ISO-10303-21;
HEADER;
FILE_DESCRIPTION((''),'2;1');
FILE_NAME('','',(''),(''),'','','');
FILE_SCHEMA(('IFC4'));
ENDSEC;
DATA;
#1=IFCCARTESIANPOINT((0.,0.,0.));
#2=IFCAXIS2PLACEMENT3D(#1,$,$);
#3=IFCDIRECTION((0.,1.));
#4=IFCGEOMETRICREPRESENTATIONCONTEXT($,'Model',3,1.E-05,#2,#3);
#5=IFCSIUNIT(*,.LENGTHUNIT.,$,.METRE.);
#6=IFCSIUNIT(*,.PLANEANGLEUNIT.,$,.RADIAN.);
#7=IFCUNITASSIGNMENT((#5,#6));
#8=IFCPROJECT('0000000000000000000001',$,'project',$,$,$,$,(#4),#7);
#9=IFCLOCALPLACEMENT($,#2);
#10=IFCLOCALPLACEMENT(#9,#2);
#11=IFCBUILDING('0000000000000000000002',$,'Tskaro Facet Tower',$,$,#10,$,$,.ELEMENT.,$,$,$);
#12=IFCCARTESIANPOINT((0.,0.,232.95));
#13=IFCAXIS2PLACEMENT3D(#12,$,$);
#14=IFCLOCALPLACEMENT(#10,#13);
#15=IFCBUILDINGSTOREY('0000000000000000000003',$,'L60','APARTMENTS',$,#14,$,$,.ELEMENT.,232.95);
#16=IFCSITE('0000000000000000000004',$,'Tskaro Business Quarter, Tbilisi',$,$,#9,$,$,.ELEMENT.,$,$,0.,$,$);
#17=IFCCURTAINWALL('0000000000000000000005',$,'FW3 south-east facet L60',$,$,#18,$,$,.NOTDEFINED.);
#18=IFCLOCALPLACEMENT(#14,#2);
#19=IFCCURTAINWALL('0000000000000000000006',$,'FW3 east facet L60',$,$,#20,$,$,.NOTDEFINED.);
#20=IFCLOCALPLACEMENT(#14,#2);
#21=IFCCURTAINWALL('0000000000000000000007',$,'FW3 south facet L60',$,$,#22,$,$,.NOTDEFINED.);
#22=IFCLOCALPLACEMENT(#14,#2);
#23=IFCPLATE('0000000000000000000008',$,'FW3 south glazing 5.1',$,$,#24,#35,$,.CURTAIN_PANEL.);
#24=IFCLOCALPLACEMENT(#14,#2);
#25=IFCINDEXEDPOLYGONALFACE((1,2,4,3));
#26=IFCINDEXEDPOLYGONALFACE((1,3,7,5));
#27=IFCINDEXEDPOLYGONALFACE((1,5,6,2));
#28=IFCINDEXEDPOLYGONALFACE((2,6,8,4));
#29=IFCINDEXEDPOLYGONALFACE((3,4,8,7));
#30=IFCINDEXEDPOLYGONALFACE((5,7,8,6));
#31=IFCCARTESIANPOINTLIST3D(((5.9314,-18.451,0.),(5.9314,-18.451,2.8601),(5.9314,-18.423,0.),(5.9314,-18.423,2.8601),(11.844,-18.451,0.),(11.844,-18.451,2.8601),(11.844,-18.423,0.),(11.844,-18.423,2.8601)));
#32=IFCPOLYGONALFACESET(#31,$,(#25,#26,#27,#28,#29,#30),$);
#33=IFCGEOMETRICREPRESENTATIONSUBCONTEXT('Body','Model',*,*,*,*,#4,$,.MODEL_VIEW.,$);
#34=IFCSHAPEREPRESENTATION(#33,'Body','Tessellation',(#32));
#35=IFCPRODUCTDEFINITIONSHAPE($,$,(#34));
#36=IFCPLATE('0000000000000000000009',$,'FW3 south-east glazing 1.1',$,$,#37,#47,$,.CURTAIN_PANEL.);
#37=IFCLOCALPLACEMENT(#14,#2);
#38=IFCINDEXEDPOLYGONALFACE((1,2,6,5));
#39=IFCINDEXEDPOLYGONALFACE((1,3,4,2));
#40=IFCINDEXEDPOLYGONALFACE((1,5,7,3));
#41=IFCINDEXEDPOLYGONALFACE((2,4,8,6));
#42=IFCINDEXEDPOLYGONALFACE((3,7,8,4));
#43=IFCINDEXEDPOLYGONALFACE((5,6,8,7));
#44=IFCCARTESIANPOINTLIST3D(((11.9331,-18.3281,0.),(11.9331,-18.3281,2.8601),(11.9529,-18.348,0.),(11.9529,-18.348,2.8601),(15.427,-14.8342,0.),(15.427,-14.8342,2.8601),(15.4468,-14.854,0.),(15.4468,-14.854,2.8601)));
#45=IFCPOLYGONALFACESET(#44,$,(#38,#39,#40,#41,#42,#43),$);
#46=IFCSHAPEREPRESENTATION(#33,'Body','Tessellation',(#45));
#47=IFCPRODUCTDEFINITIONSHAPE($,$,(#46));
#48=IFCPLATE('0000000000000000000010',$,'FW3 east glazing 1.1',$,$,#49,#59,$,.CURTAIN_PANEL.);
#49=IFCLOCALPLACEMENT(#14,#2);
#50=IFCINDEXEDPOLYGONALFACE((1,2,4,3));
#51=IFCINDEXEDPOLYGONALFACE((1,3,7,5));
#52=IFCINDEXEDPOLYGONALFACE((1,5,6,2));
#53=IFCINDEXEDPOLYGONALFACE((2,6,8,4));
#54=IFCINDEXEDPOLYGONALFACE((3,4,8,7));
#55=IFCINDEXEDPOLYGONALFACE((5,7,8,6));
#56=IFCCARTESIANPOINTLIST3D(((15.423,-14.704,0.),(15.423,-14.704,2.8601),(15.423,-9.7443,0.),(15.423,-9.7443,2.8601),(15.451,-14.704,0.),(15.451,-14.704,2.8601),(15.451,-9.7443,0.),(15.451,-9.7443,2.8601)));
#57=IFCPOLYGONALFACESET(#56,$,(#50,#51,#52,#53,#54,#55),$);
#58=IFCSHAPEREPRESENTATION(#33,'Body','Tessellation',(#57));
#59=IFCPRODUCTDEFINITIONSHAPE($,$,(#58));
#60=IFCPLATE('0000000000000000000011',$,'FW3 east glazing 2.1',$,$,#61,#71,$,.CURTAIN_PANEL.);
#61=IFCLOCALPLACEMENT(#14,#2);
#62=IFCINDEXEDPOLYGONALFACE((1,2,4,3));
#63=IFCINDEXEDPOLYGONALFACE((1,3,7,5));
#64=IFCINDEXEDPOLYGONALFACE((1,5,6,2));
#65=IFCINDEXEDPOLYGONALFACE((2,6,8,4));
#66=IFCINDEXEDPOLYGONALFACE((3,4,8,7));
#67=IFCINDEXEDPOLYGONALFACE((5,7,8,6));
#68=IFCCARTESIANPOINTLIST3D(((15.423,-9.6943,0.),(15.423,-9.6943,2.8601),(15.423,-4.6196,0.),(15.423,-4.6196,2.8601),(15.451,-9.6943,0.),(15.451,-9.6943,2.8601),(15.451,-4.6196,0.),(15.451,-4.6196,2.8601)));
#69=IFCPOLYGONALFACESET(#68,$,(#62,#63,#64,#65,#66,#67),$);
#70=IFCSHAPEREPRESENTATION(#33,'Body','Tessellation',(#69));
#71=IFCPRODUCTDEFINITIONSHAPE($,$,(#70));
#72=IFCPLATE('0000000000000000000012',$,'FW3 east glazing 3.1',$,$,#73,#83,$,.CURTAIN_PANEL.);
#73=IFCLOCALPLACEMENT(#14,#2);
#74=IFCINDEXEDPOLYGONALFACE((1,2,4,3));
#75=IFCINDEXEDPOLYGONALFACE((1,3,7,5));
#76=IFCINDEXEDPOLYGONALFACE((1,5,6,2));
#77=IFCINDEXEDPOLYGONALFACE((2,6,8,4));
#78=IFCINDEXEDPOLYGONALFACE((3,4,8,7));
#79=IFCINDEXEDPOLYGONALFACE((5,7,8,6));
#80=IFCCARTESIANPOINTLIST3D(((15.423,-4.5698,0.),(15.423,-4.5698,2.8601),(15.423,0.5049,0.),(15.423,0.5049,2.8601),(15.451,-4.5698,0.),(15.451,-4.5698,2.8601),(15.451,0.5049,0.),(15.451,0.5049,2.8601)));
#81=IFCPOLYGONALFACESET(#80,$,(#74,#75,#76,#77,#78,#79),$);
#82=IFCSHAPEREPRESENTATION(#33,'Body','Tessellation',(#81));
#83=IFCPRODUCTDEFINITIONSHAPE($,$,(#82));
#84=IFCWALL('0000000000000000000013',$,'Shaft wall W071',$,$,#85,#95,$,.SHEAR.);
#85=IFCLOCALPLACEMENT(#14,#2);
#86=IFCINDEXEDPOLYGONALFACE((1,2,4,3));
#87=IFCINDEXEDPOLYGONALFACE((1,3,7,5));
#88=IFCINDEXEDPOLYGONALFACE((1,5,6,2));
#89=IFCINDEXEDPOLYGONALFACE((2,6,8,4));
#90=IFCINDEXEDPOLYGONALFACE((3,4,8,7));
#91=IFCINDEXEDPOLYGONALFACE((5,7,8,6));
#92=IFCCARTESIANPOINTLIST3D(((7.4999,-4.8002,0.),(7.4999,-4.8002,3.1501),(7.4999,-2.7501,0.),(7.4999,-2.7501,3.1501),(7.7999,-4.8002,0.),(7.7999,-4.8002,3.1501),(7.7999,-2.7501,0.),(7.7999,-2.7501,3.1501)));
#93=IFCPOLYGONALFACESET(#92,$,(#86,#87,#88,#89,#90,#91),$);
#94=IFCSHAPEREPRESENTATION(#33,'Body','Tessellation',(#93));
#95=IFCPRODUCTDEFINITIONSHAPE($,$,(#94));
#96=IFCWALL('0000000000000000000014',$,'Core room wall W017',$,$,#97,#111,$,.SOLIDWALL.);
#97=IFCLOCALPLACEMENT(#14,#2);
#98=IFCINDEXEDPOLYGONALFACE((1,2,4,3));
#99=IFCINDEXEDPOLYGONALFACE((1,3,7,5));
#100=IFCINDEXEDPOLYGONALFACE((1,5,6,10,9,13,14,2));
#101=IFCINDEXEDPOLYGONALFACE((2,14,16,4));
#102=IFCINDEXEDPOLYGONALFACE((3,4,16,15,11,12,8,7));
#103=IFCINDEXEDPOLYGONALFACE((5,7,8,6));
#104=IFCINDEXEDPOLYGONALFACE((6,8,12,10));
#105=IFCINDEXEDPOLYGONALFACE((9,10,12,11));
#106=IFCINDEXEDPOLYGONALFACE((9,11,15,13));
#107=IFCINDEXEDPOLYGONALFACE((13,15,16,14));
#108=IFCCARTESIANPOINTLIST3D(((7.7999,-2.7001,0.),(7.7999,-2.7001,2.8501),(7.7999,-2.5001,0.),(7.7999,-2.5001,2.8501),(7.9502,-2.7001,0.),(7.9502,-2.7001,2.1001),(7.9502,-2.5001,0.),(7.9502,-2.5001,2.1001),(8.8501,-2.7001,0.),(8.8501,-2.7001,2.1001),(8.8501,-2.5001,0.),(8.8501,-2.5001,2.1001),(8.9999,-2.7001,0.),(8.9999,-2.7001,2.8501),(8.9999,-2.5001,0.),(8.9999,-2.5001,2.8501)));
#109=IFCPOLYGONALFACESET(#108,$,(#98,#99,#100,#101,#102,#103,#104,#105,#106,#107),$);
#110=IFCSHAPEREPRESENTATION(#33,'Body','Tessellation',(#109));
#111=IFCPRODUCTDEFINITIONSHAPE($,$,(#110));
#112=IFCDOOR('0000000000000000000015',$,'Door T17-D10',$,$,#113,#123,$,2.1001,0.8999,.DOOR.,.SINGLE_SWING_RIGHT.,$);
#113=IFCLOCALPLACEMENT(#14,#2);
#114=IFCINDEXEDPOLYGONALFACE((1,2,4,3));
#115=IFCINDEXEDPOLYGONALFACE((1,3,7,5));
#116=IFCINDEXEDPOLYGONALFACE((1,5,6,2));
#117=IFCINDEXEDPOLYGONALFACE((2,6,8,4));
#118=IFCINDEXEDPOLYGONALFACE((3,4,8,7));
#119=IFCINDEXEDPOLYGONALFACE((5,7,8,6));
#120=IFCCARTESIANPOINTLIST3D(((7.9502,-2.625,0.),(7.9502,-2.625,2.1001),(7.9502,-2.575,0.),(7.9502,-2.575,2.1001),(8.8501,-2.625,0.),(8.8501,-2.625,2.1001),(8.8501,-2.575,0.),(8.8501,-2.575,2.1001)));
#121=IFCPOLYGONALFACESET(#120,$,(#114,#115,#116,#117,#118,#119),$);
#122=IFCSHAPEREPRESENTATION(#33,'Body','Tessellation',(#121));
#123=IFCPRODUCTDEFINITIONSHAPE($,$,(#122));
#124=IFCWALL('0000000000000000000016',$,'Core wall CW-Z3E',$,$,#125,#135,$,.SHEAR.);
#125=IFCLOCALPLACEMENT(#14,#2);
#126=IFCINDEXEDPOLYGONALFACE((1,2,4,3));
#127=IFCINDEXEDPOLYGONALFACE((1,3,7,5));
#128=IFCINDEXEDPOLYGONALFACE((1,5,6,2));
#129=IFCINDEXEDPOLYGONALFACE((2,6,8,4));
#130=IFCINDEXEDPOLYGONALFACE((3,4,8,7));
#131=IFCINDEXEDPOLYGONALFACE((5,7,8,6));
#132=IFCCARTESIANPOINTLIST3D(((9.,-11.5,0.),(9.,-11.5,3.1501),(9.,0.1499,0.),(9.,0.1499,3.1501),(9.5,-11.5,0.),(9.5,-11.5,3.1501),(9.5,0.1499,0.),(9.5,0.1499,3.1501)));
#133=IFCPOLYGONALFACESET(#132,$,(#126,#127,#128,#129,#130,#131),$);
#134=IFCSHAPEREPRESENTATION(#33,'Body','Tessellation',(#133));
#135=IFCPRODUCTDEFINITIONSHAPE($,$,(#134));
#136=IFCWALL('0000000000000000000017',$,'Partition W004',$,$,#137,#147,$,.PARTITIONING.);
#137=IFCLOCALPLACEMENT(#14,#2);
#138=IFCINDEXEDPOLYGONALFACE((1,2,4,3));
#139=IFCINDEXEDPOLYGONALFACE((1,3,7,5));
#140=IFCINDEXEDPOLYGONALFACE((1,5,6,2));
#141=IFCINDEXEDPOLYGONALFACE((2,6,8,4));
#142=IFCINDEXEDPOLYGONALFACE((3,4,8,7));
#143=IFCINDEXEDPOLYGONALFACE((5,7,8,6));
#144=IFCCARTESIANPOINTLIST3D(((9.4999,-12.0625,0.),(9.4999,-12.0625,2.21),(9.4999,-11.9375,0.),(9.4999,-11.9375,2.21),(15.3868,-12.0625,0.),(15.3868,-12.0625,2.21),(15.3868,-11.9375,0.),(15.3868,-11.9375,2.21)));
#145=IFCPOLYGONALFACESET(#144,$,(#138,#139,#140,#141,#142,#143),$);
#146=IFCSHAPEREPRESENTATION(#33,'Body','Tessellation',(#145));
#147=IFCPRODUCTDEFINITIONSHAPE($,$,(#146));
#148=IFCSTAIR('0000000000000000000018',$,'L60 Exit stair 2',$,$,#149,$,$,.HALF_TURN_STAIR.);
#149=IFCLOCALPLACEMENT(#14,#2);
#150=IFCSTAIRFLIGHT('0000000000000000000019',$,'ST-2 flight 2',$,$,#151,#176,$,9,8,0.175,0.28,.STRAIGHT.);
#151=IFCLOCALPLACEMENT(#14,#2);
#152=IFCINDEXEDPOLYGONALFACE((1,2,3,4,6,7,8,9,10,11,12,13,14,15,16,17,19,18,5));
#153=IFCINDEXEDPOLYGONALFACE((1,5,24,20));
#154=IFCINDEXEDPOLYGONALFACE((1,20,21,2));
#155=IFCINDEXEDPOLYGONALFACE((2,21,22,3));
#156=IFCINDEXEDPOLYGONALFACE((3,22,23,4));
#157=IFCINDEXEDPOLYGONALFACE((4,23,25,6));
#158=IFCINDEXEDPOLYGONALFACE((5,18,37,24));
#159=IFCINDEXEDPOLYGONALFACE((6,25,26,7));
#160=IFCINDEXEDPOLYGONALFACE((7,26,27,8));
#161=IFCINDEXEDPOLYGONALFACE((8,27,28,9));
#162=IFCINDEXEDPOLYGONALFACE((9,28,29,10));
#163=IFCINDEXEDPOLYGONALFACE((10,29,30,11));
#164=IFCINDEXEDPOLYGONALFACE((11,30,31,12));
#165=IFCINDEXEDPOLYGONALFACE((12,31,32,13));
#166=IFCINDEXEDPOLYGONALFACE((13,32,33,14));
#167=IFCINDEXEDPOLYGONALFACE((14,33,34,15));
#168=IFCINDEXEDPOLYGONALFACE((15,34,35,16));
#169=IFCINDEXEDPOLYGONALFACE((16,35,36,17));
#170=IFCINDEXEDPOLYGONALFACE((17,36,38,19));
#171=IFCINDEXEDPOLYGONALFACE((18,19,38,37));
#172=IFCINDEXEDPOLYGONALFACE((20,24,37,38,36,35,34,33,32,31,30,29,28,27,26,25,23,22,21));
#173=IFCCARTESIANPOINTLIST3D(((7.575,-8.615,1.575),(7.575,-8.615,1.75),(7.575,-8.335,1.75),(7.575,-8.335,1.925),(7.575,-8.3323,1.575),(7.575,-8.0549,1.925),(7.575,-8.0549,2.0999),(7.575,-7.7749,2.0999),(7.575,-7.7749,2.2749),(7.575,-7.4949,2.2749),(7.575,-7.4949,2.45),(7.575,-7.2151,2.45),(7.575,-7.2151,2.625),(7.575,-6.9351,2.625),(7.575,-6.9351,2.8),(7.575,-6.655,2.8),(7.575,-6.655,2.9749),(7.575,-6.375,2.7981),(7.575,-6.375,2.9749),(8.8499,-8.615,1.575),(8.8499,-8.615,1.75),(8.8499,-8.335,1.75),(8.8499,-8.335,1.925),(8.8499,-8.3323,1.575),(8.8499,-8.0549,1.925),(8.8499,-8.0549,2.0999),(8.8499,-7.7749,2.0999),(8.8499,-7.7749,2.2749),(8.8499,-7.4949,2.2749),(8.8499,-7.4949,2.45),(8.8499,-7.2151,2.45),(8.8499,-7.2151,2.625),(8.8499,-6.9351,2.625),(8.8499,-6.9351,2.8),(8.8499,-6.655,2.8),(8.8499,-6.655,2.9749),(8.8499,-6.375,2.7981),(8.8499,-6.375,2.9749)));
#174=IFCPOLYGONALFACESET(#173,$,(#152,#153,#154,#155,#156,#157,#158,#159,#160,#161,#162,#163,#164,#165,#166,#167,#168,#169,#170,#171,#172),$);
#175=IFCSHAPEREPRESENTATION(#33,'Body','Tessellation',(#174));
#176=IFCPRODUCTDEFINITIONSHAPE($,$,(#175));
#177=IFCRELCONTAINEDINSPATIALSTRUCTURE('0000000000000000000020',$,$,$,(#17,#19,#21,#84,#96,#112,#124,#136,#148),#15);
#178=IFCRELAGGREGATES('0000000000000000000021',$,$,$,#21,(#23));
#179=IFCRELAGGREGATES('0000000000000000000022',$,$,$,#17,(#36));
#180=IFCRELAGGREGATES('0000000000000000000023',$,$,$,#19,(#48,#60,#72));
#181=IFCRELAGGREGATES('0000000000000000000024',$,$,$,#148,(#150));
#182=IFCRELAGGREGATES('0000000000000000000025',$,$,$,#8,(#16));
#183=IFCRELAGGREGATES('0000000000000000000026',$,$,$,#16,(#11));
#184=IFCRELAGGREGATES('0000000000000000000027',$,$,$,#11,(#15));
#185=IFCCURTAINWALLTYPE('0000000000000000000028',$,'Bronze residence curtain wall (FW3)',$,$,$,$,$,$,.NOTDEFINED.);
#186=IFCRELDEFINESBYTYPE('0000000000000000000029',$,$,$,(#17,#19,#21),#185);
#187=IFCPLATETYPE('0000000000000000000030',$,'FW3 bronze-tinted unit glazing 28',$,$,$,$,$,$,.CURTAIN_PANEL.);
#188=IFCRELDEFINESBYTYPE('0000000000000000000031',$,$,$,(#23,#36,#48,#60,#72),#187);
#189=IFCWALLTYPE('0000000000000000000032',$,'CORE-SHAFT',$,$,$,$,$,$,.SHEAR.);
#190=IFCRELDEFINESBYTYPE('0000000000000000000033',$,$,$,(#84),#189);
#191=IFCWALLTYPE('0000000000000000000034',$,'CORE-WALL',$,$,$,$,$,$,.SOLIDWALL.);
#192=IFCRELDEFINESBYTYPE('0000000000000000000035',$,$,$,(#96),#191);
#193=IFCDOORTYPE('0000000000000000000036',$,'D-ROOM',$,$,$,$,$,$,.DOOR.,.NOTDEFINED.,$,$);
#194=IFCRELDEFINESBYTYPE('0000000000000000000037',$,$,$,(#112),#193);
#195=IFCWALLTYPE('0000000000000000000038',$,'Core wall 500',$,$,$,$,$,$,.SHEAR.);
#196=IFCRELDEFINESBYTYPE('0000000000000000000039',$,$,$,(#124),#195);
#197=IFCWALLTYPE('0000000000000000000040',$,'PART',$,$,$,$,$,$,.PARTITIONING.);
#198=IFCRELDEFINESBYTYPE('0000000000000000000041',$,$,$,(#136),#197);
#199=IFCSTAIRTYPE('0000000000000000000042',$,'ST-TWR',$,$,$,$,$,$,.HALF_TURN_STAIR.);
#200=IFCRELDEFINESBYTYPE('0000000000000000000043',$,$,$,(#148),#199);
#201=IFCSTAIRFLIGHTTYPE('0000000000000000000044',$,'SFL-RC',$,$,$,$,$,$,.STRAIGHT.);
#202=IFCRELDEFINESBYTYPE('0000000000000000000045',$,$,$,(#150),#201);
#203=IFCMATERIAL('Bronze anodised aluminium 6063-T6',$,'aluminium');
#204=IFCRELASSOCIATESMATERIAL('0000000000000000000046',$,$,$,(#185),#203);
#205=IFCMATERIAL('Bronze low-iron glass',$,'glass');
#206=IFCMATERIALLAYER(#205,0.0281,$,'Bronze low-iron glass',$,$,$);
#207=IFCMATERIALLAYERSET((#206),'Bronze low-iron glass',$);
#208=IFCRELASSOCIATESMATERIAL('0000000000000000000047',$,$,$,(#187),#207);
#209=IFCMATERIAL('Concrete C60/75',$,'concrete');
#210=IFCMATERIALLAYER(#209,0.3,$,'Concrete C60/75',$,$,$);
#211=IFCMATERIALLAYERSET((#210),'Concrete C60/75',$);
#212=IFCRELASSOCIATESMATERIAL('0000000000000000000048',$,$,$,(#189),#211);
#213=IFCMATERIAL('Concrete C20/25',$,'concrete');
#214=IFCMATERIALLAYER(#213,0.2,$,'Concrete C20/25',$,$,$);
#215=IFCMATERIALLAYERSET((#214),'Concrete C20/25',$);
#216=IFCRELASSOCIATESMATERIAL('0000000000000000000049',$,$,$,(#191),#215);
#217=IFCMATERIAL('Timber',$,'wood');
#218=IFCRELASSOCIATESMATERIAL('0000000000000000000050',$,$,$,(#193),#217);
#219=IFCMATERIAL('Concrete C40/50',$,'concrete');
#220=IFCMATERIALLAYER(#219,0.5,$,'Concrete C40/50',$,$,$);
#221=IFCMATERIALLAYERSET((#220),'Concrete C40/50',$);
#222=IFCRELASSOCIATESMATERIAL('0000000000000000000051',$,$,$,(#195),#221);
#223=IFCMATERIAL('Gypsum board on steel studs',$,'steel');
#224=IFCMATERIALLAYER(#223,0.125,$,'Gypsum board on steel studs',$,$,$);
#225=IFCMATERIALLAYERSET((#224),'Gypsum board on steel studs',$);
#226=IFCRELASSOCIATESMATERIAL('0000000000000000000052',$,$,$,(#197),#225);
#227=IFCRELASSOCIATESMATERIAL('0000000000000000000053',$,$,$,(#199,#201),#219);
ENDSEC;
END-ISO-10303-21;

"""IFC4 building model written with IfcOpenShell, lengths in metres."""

from ifc_helpers import new_model, si_unit, direction, frame, frame_2d, origin, origin_2d, place, context, subcontext, project, spatial, polyline, rectangle, outline, extrude, material, layer, layer_set, type_object, element, fill, aggregate, save


model = new_model("IFC4")

# Units and contexts
model_context = context("Model", 3, precision=1e-05, world=origin(), true_north=direction((0.0, 1.0)))
body_context = subcontext(model_context, "Body", "Model", "MODEL_VIEW")
ifc_project = project(units=[si_unit("LENGTHUNIT", "METRE"), si_unit("PLANEANGLEUNIT", "RADIAN")], contexts=[model_context])

# Site, building, storey
site_placement = place(None, origin())
site = spatial("IfcSite", under=ifc_project, at=site_placement, Name="Tskaro Business Quarter, Tbilisi", CompositionType="ELEMENT", RefElevation=0.0)
building_placement = place(site_placement, origin())
building = spatial("IfcBuilding", under=site, at=building_placement, Name="Tskaro Facet Tower", CompositionType="ELEMENT")
storey_placement = place(building_placement, frame((0.0, 0.0, 232.95)))
storey = spatial("IfcBuildingStorey", under=building, at=storey_placement, Name="L60", Description="APARTMENTS", CompositionType="ELEMENT", Elevation=232.95)

# Curtain wall
ifc_material_1 = material(Name="Bronze anodised aluminium 6063-T6", Category="aluminium")
curtain_wall_type = type_object("IfcCurtainWallType", Name="Bronze residence curtain wall (FW3)", PredefinedType="NOTDEFINED", material=ifc_material_1)
curtain_wall_1_placement = place(storey_placement, origin())
curtain_wall_1 = element("IfcCurtainWall", 1, at=curtain_wall_1_placement, inside=storey, type_object=curtain_wall_type, Name="FW3 south-east facet L60", PredefinedType="NOTDEFINED")

# Curtain wall
curtain_wall_2_placement = place(storey_placement, origin())
curtain_wall_2 = element("IfcCurtainWall", 2, at=curtain_wall_2_placement, inside=storey, type_object=curtain_wall_type, Name="FW3 east facet L60", PredefinedType="NOTDEFINED")

# Curtain wall, plate
curtain_wall_3_placement = place(storey_placement, origin())
curtain_wall_3 = element("IfcCurtainWall", 3, at=curtain_wall_3_placement, inside=storey, type_object=curtain_wall_type, Name="FW3 south facet L60", PredefinedType="NOTDEFINED")
ifc_material_2 = material(Name="Bronze low-iron glass", Category="glass")
ifc_layer_1 = layer(ifc_material_2, 0.0281, Name="Bronze low-iron glass")
ifc_layer_set_1 = layer_set([ifc_layer_1], Name="Bronze low-iron glass")
plate_type = type_object("IfcPlateType", Name="FW3 bronze-tinted unit glazing 28", PredefinedType="CURTAIN_PANEL", material=ifc_layer_set_1)
plate_1_placement = place(storey_placement, frame((8.8877, -18.437, 0.0), z_axis=(0.0, 0.0, 1.0), x_axis=(1.0, 0.0, 0.0)))
plate_1 = element("IfcPlate", 4, at=plate_1_placement, type_object=plate_type, Name="FW3 south glazing 5.1", PredefinedType="CURTAIN_PANEL", context=body_context, shape_type="SweptSolid", body=[
    extrude(rectangle(XDim=5.9126, YDim=0.0281, at=origin_2d()), origin(), (0.0, 0.0, 1.0), 2.8601),
])
aggregate(curtain_wall_3, [plate_1])

# Plates
plate_2_placement = place(storey_placement, frame((13.6899, -16.5911, 0.0), z_axis=(0.0, 0.0, 1.0), x_axis=(0.707107, 0.707107, 0.0)))
plate_2 = element("IfcPlate", 5, at=plate_2_placement, type_object=plate_type, Name="FW3 south-east glazing 1.1", PredefinedType="CURTAIN_PANEL", context=body_context, shape_type="SweptSolid", body=[
    extrude(rectangle(XDim=4.9412, YDim=0.0281, at=origin_2d()), origin(), (0.0, 0.0, 1.0), 2.8601),
])
aggregate(curtain_wall_1, [plate_2])
plate_3_placement = place(storey_placement, frame((15.437, -12.2241, 0.0), z_axis=(0.0, 0.0, 1.0), x_axis=(0.0, 1.0, 0.0)))
plate_3 = element("IfcPlate", 6, at=plate_3_placement, type_object=plate_type, Name="FW3 east glazing 1.1", PredefinedType="CURTAIN_PANEL", context=body_context, shape_type="SweptSolid", body=[
    extrude(rectangle(XDim=4.9597, YDim=0.0281, at=origin_2d()), origin(), (0.0, 0.0, 1.0), 2.8601),
])
plate_4_placement = place(storey_placement, frame((15.437, -7.157, 0.0), z_axis=(0.0, 0.0, 1.0), x_axis=(0.0, 1.0, 0.0)))
plate_4 = element("IfcPlate", 7, at=plate_4_placement, type_object=plate_type, Name="FW3 east glazing 2.1", PredefinedType="CURTAIN_PANEL", context=body_context, shape_type="SweptSolid", body=[
    extrude(rectangle(XDim=5.0747, YDim=0.0281, at=origin_2d()), origin(), (0.0, 0.0, 1.0), 2.8601),
])
plate_5_placement = place(storey_placement, frame((15.437, -2.0325, 0.0), z_axis=(0.0, 0.0, 1.0), x_axis=(0.0, 1.0, 0.0)))
plate_5 = element("IfcPlate", 8, at=plate_5_placement, type_object=plate_type, Name="FW3 east glazing 3.1", PredefinedType="CURTAIN_PANEL", context=body_context, shape_type="SweptSolid", body=[
    extrude(rectangle(XDim=5.0747, YDim=0.0281, at=origin_2d()), origin(), (0.0, 0.0, 1.0), 2.8601),
])
aggregate(curtain_wall_2, [plate_3, plate_4, plate_5])

# Wall
ifc_material_3 = material(Name="Concrete C60/75", Category="concrete")
ifc_layer_2 = layer(ifc_material_3, 0.3, Name="Concrete C60/75")
ifc_layer_set_2 = layer_set([ifc_layer_2], Name="Concrete C60/75")
wall_type_1 = type_object("IfcWallType", Name="CORE-SHAFT", PredefinedType="SHEAR", material=ifc_layer_set_2)
wall_1_placement = place(storey_placement, frame((7.6499, -4.8, 0.0), z_axis=(0.0, 0.0, 1.0), x_axis=(0.0, 1.0, 0.0)))
element("IfcWall", 9, at=wall_1_placement, inside=storey, type_object=wall_type_1, Name="Shaft wall W071", PredefinedType="SHEAR", context=body_context, shape_type="SweptSolid", body=[
    extrude(rectangle(XDim=2.05, YDim=0.3, at=frame_2d((1.0249, 0.0))), origin(), (0.0, 0.0, 1.0), 3.1501),
])

# Wall, opening, door
ifc_material_4 = material(Name="Concrete C20/25", Category="concrete")
ifc_layer_3 = layer(ifc_material_4, 0.2, Name="Concrete C20/25")
ifc_layer_set_3 = layer_set([ifc_layer_3], Name="Concrete C20/25")
wall_type_2 = type_object("IfcWallType", Name="CORE-WALL", PredefinedType="SOLIDWALL", material=ifc_layer_set_3)
wall_2_placement = place(storey_placement, frame((9.0, -2.6001, 0.0), z_axis=(0.0, 0.0, 1.0), x_axis=(-1.0, 0.0, 0.0)))
wall_2 = element("IfcWall", 10, at=wall_2_placement, inside=storey, type_object=wall_type_2, Name="Core room wall W017", PredefinedType="SOLIDWALL", context=body_context, shape_type="SweptSolid", body=[
    extrude(rectangle(XDim=1.2, YDim=0.2, at=frame_2d((0.6001, 0.0))), origin(), (0.0, 0.0, 1.0), 2.8501),
])
opening_placement = place(wall_2_placement, frame((0.1499, 0.0, 0.0)))
opening = element("IfcOpeningElement", 11, at=opening_placement, cuts=wall_2, PredefinedType="OPENING", context=body_context, shape_type="SweptSolid", body=[
    extrude(rectangle(XDim=0.8999, YDim=2.1001, at=frame_2d((0.45, 1.05))), frame((0.0, 0.1099, 0.0), z_axis=(0.0, -1.0, 0.0), x_axis=(1.0, 0.0, 0.0)), (0.0, 0.0, 1.0), 0.22),
])
ifc_material_5 = material(Name="Timber", Category="wood")
door_type = type_object("IfcDoorType", Name="D-ROOM", OperationType="NOTDEFINED", PredefinedType="DOOR", material=ifc_material_5)
door_placement = place(opening_placement, origin())
door = element("IfcDoor", 12, at=door_placement, inside=storey, type_object=door_type, Name="Door T17-D10", OperationType="SINGLE_SWING_RIGHT", OverallHeight=2.1001, OverallWidth=0.8999, PredefinedType="DOOR", context=body_context, shape_type="SweptSolid", body=[
    extrude(rectangle(XDim=0.8999, YDim=2.1001, at=frame_2d((0.45, 1.05))), frame((0.0, 0.0249, 0.0), z_axis=(0.0, -1.0, 0.0), x_axis=(1.0, 0.0, 0.0)), (0.0, 0.0, 1.0), 0.05),
])
fill(opening, door)

# Walls
ifc_material_6 = material(Name="Concrete C40/50", Category="concrete")
ifc_layer_4 = layer(ifc_material_6, 0.5, Name="Concrete C40/50")
ifc_layer_set_4 = layer_set([ifc_layer_4], Name="Concrete C40/50")
wall_type_3 = type_object("IfcWallType", Name="Core wall 500", PredefinedType="SHEAR", material=ifc_layer_set_4)
wall_3_placement = place(storey_placement, frame((9.25, -11.5, 0.0), z_axis=(0.0, 0.0, 1.0), x_axis=(0.0, 1.0, 0.0)))
element("IfcWall", 13, at=wall_3_placement, inside=storey, type_object=wall_type_3, Name="Core wall CW-Z3E", PredefinedType="SHEAR", context=body_context, shape_type="SweptSolid", body=[
    extrude(rectangle(XDim=11.6499, YDim=0.5, at=frame_2d((5.825, 0.0))), origin(), (0.0, 0.0, 1.0), 3.1501),
])
ifc_material_7 = material(Name="Gypsum board on steel studs", Category="steel")
ifc_layer_5 = layer(ifc_material_7, 0.125, Name="Gypsum board on steel studs")
ifc_layer_set_5 = layer_set([ifc_layer_5], Name="Gypsum board on steel studs")
wall_type_4 = type_object("IfcWallType", Name="PART", PredefinedType="PARTITIONING", material=ifc_layer_set_5)
wall_4_placement = place(storey_placement, frame((9.5, -12.0, 0.0), z_axis=(0.0, 0.0, 1.0), x_axis=(1.0, 0.0, 0.0)))
element("IfcWall", 14, at=wall_4_placement, inside=storey, type_object=wall_type_4, Name="Partition W004", PredefinedType="PARTITIONING", context=body_context, shape_type="SweptSolid", body=[
    extrude(rectangle(XDim=5.887, YDim=0.125, at=frame_2d((2.9434, 0.0))), origin(), (0.0, 0.0, 1.0), 2.21),
])

# Stair, stair flight
stair_type = type_object("IfcStairType", Name="ST-TWR", PredefinedType="HALF_TURN_STAIR", material=ifc_material_6)
stair_placement = place(storey_placement, origin())
stair = element("IfcStair", 15, at=stair_placement, inside=storey, type_object=stair_type, Name="L60 Exit stair 2", PredefinedType="HALF_TURN_STAIR")
stair_flight_type = type_object("IfcStairFlightType", Name="SFL-RC", PredefinedType="STRAIGHT", material=ifc_material_6)
stair_flight_placement = place(storey_placement, frame((8.2124, -8.615, 1.575), z_axis=(0.0, 0.0, 1.0), x_axis=(0.0, 1.0, 0.0)))
stair_flight = element("IfcStairFlight", 16, at=stair_flight_placement, type_object=stair_flight_type, Name="ST-2 flight 2", NumberOfRisers=9, NumberOfTreads=8, PredefinedType="STRAIGHT", RiserHeight=0.175, TreadLength=0.28, context=body_context, shape_type="SweptSolid", body=[
    extrude(outline(polyline([(0.0, 0.0), (0.0, 0.175), (0.28, 0.175), (0.28, 0.3501), (0.5601, 0.3501), (0.5601, 0.5249), (0.8401, 0.5249), (0.8401, 0.7), (1.1201, 0.7), (1.1201, 0.875), (1.3999, 0.875), (1.3999, 1.05), (1.6799, 1.05), (1.6799, 1.2251), (1.96, 1.2251), (1.96, 1.3999), (2.24, 1.3999), (2.24, 1.575), (2.24, 1.2231), (0.2827, 0.0), (0.0, 0.0)])), frame((0.0, 0.6375, 0.0), z_axis=(0.0, -1.0, 0.0), x_axis=(1.0, 0.0, 0.0)), (0.0, 0.0, 1.0), 1.2749),
])
aggregate(stair, [stair_flight])

save(model, "model.ifc")
